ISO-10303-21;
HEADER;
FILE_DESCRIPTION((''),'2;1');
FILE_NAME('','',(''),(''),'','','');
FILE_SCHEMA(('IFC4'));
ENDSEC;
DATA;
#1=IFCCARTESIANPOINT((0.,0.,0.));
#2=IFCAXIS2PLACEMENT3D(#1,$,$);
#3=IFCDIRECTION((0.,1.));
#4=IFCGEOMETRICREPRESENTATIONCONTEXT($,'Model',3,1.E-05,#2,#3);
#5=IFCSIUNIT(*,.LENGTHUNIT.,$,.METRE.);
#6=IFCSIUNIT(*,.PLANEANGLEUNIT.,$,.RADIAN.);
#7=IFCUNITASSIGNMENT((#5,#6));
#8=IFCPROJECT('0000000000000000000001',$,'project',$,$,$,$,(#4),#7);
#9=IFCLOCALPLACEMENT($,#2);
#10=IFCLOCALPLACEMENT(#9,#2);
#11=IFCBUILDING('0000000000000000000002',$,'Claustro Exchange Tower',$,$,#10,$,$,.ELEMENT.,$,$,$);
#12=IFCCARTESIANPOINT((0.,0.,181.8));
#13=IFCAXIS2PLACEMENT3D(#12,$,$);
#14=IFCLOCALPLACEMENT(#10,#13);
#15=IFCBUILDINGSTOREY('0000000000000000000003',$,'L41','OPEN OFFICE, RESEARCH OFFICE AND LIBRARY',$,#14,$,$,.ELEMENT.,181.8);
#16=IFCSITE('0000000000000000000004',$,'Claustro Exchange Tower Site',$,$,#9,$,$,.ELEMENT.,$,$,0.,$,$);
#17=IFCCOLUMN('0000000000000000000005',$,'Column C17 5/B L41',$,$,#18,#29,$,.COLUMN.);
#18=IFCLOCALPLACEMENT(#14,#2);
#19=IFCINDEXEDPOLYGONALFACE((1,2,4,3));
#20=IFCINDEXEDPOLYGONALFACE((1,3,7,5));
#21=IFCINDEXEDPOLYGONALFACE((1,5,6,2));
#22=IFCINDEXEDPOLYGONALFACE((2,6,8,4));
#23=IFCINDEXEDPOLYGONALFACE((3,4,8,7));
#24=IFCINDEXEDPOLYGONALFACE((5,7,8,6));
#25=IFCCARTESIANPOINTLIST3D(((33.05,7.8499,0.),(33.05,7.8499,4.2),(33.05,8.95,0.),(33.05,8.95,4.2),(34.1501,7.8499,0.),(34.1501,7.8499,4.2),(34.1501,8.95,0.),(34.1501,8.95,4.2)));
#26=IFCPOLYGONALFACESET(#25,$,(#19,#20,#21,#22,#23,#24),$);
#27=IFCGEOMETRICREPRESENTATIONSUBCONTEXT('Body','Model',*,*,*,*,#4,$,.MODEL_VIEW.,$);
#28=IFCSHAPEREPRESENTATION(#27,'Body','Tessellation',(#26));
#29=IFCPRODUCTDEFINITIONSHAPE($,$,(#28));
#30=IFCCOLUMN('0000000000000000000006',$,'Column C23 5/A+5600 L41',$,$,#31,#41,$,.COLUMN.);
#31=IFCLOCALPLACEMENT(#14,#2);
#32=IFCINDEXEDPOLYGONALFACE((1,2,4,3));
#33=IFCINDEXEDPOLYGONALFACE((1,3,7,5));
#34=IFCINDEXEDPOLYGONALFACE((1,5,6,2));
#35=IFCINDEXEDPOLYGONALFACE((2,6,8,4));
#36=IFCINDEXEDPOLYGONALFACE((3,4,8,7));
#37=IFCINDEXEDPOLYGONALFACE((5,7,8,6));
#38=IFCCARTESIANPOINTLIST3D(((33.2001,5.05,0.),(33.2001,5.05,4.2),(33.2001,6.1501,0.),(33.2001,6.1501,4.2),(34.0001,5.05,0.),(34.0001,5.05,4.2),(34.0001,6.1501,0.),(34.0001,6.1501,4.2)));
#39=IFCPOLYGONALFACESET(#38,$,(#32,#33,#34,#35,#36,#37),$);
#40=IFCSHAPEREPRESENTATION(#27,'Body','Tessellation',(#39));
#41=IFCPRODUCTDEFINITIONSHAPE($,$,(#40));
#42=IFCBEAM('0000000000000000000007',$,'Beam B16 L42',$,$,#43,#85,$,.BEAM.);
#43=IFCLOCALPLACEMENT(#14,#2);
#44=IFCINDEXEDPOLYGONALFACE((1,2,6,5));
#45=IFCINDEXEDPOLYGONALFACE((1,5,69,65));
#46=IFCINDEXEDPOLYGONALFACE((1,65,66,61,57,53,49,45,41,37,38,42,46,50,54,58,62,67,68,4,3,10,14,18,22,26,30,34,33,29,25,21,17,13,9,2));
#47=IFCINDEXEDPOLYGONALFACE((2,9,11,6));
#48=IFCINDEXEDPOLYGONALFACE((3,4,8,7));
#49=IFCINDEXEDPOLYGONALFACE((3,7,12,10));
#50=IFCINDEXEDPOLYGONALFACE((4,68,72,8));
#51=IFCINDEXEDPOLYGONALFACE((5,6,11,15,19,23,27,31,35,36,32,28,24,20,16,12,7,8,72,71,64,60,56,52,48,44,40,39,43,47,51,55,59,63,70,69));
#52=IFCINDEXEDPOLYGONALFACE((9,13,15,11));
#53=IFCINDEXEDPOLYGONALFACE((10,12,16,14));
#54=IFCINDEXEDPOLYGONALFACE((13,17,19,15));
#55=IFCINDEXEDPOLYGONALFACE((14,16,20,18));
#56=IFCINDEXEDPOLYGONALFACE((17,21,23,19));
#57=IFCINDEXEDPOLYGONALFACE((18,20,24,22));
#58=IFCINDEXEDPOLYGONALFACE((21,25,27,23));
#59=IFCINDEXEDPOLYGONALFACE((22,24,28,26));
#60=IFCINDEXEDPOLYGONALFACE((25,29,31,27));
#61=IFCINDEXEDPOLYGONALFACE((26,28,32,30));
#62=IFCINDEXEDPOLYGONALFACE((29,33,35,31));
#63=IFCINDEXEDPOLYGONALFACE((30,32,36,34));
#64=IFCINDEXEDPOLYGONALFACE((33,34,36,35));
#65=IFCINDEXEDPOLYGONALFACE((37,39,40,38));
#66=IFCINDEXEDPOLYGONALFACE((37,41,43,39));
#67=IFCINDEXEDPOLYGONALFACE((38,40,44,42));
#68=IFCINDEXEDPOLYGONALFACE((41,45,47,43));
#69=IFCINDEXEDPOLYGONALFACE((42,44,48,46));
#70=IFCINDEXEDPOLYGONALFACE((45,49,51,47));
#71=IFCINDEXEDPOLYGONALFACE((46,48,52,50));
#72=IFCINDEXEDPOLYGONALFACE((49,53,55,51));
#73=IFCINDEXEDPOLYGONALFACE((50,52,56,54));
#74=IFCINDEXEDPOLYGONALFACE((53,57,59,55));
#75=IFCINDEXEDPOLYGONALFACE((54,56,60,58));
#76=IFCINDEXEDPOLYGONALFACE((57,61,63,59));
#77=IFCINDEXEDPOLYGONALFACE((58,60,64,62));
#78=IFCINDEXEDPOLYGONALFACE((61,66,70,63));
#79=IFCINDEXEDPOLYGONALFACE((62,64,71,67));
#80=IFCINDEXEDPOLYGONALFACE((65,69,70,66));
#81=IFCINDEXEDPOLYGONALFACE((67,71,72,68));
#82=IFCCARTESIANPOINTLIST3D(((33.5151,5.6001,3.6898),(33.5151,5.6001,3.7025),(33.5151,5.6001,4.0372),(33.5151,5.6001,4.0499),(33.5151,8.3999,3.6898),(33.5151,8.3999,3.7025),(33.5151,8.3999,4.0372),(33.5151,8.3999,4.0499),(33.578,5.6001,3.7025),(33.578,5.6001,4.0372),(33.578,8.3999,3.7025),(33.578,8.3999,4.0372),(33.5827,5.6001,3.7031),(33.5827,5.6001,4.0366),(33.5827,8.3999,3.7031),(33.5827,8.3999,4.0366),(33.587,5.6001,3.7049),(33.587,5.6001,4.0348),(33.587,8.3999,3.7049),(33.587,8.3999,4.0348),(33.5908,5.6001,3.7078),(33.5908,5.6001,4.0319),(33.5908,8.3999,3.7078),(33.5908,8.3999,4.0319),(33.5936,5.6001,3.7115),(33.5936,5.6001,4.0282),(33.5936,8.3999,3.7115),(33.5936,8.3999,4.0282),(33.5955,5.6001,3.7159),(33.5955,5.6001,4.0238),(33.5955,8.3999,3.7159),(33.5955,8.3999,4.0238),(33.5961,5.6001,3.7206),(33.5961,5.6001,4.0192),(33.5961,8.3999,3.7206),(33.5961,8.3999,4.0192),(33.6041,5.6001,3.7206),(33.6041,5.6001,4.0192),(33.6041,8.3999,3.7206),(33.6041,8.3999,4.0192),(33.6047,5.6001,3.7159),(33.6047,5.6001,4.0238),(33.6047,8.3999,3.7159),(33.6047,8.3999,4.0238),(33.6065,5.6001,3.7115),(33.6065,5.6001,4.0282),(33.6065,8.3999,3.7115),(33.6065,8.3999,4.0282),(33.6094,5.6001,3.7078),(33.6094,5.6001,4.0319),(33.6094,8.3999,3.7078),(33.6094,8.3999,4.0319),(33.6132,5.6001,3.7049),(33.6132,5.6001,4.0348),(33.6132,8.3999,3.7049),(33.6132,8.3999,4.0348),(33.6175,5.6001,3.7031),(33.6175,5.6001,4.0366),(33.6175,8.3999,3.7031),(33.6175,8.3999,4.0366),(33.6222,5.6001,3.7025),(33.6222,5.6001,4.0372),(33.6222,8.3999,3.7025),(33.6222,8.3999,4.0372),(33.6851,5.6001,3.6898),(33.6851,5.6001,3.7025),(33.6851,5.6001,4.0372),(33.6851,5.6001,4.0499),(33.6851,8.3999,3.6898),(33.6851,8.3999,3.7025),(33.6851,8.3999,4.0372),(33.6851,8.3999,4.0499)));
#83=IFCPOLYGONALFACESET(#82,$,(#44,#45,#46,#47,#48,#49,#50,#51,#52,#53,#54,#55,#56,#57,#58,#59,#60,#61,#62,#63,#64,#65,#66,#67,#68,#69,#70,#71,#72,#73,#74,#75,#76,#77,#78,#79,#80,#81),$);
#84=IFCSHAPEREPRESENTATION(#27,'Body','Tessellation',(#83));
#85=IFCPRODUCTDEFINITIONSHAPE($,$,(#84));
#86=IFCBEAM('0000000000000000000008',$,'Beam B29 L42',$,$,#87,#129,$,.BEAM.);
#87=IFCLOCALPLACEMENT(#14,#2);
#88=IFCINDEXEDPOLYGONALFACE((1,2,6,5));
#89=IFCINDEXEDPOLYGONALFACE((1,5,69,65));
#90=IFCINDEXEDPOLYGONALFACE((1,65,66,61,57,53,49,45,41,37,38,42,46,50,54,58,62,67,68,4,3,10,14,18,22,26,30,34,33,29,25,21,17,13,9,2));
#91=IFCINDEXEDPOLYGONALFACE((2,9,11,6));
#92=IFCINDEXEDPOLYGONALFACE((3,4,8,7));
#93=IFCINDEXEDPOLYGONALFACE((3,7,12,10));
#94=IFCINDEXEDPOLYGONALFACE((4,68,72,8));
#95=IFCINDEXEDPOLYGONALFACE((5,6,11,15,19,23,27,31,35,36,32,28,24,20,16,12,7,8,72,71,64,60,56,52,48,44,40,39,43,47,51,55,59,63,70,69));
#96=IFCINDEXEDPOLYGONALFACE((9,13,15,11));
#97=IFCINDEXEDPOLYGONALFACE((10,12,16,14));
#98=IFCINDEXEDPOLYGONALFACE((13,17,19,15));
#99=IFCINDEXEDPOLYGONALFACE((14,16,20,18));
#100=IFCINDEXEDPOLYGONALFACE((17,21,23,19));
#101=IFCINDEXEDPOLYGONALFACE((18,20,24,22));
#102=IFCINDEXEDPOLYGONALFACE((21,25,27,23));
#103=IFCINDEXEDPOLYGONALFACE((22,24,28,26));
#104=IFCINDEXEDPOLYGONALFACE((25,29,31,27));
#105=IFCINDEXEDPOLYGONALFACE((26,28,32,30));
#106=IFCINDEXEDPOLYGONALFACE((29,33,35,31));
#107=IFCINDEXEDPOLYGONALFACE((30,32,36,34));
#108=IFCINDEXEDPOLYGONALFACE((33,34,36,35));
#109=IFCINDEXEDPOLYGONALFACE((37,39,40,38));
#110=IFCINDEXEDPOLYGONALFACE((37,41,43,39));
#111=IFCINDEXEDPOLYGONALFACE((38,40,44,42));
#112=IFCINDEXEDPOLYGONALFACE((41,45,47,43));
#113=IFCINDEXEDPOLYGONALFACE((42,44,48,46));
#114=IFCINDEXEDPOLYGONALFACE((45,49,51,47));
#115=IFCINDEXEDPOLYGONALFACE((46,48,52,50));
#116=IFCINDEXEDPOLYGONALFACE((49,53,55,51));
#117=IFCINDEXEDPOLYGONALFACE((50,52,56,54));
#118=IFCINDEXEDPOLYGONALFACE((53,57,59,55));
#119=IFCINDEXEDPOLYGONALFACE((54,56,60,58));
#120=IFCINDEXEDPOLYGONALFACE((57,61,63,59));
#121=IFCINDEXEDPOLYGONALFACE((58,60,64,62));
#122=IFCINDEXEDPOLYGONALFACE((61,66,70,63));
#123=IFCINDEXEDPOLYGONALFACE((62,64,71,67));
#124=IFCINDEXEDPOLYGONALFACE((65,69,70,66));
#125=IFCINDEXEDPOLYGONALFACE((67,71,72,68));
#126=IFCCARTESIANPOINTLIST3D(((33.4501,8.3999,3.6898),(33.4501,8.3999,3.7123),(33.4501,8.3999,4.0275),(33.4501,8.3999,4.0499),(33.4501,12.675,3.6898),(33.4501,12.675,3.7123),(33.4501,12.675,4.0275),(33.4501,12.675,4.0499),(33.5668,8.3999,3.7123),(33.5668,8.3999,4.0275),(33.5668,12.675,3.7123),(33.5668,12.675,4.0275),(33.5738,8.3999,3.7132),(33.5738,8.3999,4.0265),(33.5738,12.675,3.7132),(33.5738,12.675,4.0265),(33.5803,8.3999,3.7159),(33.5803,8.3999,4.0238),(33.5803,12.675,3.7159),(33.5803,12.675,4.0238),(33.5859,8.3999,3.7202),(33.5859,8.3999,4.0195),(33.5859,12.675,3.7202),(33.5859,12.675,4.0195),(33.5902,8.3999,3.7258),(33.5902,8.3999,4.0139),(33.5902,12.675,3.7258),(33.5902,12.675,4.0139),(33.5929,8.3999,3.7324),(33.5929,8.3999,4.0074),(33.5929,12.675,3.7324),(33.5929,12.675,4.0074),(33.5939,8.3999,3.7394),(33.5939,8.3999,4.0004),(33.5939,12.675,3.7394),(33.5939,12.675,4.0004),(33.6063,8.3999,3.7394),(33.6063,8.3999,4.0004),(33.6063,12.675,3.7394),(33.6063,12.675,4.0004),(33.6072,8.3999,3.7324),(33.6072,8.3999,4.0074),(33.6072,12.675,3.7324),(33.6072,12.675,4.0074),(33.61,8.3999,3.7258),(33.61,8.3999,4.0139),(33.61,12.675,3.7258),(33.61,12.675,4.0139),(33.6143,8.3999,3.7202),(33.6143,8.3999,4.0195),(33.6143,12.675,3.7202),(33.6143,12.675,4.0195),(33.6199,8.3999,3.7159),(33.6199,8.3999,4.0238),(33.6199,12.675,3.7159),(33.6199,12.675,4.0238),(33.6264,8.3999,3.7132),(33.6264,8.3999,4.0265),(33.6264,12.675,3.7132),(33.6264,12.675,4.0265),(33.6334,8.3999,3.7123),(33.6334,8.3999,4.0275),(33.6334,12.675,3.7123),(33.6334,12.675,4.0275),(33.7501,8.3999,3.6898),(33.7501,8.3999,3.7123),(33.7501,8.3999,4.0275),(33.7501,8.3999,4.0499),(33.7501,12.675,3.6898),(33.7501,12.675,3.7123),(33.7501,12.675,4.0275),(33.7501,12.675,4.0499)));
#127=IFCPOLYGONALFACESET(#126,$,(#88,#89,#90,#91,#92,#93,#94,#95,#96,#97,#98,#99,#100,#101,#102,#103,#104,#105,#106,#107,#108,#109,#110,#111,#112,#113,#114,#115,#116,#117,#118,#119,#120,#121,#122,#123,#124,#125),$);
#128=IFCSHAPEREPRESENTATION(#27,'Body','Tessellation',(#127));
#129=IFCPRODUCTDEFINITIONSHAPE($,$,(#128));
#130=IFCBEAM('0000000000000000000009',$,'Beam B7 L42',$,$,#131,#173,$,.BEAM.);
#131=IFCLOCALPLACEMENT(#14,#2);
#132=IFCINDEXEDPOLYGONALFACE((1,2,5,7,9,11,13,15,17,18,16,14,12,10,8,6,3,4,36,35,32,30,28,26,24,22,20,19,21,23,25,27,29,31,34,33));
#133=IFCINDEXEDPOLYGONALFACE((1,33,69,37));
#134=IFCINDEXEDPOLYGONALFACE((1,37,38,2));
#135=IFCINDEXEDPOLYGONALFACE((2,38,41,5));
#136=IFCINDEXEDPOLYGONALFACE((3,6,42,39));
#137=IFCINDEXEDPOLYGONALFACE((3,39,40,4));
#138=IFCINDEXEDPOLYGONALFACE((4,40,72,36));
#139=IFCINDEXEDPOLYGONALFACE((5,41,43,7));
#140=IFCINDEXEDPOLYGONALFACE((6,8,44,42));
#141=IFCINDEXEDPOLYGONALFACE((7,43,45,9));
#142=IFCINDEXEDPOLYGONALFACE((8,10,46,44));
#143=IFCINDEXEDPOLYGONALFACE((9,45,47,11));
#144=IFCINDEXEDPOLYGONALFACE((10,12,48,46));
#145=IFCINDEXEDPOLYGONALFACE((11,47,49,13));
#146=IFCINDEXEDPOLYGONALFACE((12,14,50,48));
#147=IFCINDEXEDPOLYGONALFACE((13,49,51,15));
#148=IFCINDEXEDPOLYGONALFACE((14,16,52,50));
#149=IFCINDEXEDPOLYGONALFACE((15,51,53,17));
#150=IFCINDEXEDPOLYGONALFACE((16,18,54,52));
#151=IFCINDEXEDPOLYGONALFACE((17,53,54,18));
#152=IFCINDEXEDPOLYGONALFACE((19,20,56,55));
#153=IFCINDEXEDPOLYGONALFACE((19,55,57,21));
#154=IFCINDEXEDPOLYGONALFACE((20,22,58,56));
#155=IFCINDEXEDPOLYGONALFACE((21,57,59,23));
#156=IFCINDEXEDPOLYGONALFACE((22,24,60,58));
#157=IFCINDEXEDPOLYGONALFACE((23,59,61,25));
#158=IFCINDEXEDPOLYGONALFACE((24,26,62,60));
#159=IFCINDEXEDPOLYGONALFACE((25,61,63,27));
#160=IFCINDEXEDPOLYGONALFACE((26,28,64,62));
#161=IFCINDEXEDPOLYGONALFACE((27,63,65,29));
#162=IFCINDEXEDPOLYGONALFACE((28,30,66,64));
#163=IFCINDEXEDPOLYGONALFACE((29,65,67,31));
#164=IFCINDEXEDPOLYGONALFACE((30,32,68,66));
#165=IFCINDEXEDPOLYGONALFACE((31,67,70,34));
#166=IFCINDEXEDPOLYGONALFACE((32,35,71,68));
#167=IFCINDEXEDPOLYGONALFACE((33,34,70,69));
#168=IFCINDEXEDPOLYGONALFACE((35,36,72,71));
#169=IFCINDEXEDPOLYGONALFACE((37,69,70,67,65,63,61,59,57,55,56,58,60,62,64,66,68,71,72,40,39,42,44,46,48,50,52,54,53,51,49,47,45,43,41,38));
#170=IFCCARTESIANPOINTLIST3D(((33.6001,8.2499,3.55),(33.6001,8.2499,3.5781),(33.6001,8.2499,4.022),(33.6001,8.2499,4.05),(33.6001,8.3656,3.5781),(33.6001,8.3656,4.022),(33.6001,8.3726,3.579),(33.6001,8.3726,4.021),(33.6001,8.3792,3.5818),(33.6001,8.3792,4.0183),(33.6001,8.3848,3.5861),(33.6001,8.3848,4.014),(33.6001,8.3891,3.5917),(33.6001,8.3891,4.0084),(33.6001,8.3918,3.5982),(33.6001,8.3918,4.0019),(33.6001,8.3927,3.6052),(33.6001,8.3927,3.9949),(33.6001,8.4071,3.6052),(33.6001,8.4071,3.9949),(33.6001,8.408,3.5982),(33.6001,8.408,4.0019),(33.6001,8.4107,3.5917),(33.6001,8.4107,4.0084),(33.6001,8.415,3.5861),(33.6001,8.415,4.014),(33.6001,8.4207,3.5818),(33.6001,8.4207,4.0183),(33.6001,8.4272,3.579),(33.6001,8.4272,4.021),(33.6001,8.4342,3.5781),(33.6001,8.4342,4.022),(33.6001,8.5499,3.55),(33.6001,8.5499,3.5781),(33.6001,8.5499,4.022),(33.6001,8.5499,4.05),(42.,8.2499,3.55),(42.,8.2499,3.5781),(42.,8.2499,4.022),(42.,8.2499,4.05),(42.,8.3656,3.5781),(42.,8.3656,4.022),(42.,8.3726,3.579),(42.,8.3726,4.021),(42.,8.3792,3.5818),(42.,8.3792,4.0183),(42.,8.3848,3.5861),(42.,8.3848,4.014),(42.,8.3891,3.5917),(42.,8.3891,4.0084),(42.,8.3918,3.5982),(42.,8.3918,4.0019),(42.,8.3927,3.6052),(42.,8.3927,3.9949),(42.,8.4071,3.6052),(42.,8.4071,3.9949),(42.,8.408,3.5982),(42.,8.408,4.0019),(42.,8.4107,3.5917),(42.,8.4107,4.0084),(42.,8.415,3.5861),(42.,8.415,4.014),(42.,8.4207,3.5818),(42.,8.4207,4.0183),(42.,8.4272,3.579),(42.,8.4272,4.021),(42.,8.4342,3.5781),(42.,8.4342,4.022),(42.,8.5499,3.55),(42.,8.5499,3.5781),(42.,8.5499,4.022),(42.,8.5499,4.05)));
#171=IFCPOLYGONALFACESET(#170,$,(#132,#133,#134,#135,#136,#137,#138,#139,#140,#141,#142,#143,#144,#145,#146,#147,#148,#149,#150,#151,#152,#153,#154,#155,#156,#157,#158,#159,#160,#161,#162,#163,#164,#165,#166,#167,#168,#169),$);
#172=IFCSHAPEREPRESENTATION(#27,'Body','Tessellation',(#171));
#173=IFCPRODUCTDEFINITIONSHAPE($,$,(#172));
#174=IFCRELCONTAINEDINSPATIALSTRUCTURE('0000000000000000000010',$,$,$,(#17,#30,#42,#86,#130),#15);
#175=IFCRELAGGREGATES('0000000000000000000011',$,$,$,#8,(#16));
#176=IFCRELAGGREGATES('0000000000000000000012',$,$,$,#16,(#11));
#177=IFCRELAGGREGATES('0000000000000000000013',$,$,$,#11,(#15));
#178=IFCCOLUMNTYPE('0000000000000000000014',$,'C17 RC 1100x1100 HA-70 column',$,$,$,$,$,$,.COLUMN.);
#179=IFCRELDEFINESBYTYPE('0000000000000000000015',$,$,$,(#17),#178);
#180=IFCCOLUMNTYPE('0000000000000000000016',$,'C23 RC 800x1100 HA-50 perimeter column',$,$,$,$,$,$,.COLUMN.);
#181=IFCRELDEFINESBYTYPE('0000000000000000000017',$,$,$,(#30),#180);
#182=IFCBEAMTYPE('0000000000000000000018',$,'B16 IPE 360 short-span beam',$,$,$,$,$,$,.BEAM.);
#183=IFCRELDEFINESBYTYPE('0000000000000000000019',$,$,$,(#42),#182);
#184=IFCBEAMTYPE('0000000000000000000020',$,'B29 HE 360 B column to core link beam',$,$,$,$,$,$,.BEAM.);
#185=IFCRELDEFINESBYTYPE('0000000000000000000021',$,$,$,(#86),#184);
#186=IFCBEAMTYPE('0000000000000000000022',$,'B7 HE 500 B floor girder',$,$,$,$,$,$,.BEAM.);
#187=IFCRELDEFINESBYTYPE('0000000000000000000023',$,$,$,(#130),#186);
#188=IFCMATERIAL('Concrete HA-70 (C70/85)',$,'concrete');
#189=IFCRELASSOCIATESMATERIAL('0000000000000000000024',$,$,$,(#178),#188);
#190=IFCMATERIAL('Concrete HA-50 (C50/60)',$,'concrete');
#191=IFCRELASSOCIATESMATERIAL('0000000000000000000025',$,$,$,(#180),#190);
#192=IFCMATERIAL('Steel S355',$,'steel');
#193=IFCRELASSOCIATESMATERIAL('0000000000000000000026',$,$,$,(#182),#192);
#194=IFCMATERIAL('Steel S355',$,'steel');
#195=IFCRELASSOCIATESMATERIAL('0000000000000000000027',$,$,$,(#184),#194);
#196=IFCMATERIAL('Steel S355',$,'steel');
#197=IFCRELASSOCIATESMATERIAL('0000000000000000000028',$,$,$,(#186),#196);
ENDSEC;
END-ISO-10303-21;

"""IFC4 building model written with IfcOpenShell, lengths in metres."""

from ifc_helpers import new_model, si_unit, direction, frame, origin, origin_2d, place, context, subcontext, project, spatial, rectangle, i_section, extrude, material, material_profile, profile_set, type_object, element, save


model = new_model("IFC4")

# Units and contexts
model_context = context("Model", 3, precision=1e-05, world=origin(), true_north=direction((0.0, 1.0)))
body_context = subcontext(model_context, "Body", "Model", "MODEL_VIEW")
ifc_project = project(units=[si_unit("LENGTHUNIT", "METRE"), si_unit("PLANEANGLEUNIT", "RADIAN")], contexts=[model_context])

# Site, building, storey
site_placement = place(None, origin())
site = spatial("IfcSite", under=ifc_project, at=site_placement, Name="Claustro Exchange Tower Site", CompositionType="ELEMENT", RefElevation=0.0)
building_placement = place(site_placement, origin())
building = spatial("IfcBuilding", under=site, at=building_placement, Name="Claustro Exchange Tower", CompositionType="ELEMENT")
storey_placement = place(building_placement, frame((0.0, 0.0, 181.8)))
storey = spatial("IfcBuildingStorey", under=building, at=storey_placement, Name="L41", Description="OPEN OFFICE, RESEARCH OFFICE AND LIBRARY", CompositionType="ELEMENT", Elevation=181.8)

# Columns
ifc_material_1 = material(Name="Concrete HA-70 (C70/85)", Category="concrete")
ifc_material_profile_1 = material_profile(ifc_material_1, rectangle(XDim=1.1001, YDim=1.1001, at=origin_2d()), Name="RC 1100x1100")
ifc_profile_set_1 = profile_set([ifc_material_profile_1], Name="Concrete HA-70 (C70/85)")
column_type_1 = type_object("IfcColumnType", Name="C17 RC 1100x1100 HA-70 column", PredefinedType="COLUMN", material=ifc_profile_set_1)
column_1_placement = place(storey_placement, frame((33.6001, 8.3999, 0.0), z_axis=(0.0, 0.0, 1.0), x_axis=(1.0, 0.0, 0.0)))
element("IfcColumn", 1, at=column_1_placement, inside=storey, type_object=column_type_1, Name="Column C17 5/B L41", PredefinedType="COLUMN", context=body_context, shape_type="SweptSolid", body=[
    extrude(rectangle(XDim=1.1001, YDim=1.1001, at=origin_2d()), origin(), (0.0, 0.0, 1.0), 4.2),
])
ifc_material_2 = material(Name="Concrete HA-50 (C50/60)", Category="concrete")
ifc_material_profile_2 = material_profile(ifc_material_2, rectangle(XDim=0.8, YDim=1.1001, at=origin_2d()), Name="RC 800x1100")
ifc_profile_set_2 = profile_set([ifc_material_profile_2], Name="Concrete HA-50 (C50/60)")
column_type_2 = type_object("IfcColumnType", Name="C23 RC 800x1100 HA-50 perimeter column", PredefinedType="COLUMN", material=ifc_profile_set_2)
column_2_placement = place(storey_placement, frame((33.6001, 5.6001, 0.0), z_axis=(0.0, 0.0, 1.0), x_axis=(1.0, 0.0, 0.0)))
element("IfcColumn", 2, at=column_2_placement, inside=storey, type_object=column_type_2, Name="Column C23 5/A+5600 L41", PredefinedType="COLUMN", context=body_context, shape_type="SweptSolid", body=[
    extrude(rectangle(XDim=0.8, YDim=1.1001, at=origin_2d()), origin(), (0.0, 0.0, 1.0), 4.2),
])

# Beams
ifc_material_3 = material(Name="Steel S355", Category="steel")
ifc_material_profile_3 = material_profile(ifc_material_3, i_section(OverallWidth=0.1699, OverallDepth=0.3601, WebThickness=0.0081, FlangeThickness=0.0127, FilletRadius=0.0181, at=origin_2d()), Name="IPE 360")
ifc_profile_set_3 = profile_set([ifc_material_profile_3], Name="Steel S355")
beam_type_1 = type_object("IfcBeamType", Name="B16 IPE 360 short-span beam", PredefinedType="BEAM", material=ifc_profile_set_3)
beam_1_placement = place(storey_placement, frame((33.6001, 5.6001, 3.8699), z_axis=(0.0, 1.0, 0.0), x_axis=(-1.0, 0.0, 0.0)))
element("IfcBeam", 3, at=beam_1_placement, inside=storey, type_object=beam_type_1, Name="Beam B16 L42", PredefinedType="BEAM", context=body_context, shape_type="SweptSolid", body=[
    extrude(i_section(OverallWidth=0.1699, OverallDepth=0.3601, WebThickness=0.0081, FlangeThickness=0.0127, FilletRadius=0.0181, at=origin_2d()), origin(), (0.0, 0.0, 1.0), 2.7998),
])
ifc_material_4 = material(Name="Steel S355", Category="steel")
ifc_material_profile_4 = material_profile(ifc_material_4, i_section(OverallWidth=0.3, OverallDepth=0.3601, WebThickness=0.0125, FlangeThickness=0.0225, FilletRadius=0.0271, at=origin_2d()), Name="HE 360 B")
ifc_profile_set_4 = profile_set([ifc_material_profile_4], Name="Steel S355")
beam_type_2 = type_object("IfcBeamType", Name="B29 HE 360 B column to core link beam", PredefinedType="BEAM", material=ifc_profile_set_4)
beam_2_placement = place(storey_placement, frame((33.6001, 8.3999, 3.8699), z_axis=(0.0, 1.0, 0.0), x_axis=(-1.0, 0.0, 0.0)))
element("IfcBeam", 4, at=beam_2_placement, inside=storey, type_object=beam_type_2, Name="Beam B29 L42", PredefinedType="BEAM", context=body_context, shape_type="SweptSolid", body=[
    extrude(i_section(OverallWidth=0.3, OverallDepth=0.3601, WebThickness=0.0125, FlangeThickness=0.0225, FilletRadius=0.0271, at=origin_2d()), origin(), (0.0, 0.0, 1.0), 4.2751),
])
ifc_material_5 = material(Name="Steel S355", Category="steel")
ifc_material_profile_5 = material_profile(ifc_material_5, i_section(OverallWidth=0.3, OverallDepth=0.5, WebThickness=0.0144, FlangeThickness=0.0281, FilletRadius=0.0271, at=origin_2d()), Name="HE 500 B")
ifc_profile_set_5 = profile_set([ifc_material_profile_5], Name="Steel S355")
beam_type_3 = type_object("IfcBeamType", Name="B7 HE 500 B floor girder", PredefinedType="BEAM", material=ifc_profile_set_5)
beam_3_placement = place(storey_placement, frame((33.6001, 8.3999, 3.8), z_axis=(1.0, 0.0, 0.0), x_axis=(0.0, 1.0, 0.0)))
element("IfcBeam", 5, at=beam_3_placement, inside=storey, type_object=beam_type_3, Name="Beam B7 L42", PredefinedType="BEAM", context=body_context, shape_type="SweptSolid", body=[
    extrude(i_section(OverallWidth=0.3, OverallDepth=0.5, WebThickness=0.0144, FlangeThickness=0.0281, FilletRadius=0.0271, at=origin_2d()), origin(), (0.0, 0.0, 1.0), 8.3999),
])

save(model, "model.ifc")
